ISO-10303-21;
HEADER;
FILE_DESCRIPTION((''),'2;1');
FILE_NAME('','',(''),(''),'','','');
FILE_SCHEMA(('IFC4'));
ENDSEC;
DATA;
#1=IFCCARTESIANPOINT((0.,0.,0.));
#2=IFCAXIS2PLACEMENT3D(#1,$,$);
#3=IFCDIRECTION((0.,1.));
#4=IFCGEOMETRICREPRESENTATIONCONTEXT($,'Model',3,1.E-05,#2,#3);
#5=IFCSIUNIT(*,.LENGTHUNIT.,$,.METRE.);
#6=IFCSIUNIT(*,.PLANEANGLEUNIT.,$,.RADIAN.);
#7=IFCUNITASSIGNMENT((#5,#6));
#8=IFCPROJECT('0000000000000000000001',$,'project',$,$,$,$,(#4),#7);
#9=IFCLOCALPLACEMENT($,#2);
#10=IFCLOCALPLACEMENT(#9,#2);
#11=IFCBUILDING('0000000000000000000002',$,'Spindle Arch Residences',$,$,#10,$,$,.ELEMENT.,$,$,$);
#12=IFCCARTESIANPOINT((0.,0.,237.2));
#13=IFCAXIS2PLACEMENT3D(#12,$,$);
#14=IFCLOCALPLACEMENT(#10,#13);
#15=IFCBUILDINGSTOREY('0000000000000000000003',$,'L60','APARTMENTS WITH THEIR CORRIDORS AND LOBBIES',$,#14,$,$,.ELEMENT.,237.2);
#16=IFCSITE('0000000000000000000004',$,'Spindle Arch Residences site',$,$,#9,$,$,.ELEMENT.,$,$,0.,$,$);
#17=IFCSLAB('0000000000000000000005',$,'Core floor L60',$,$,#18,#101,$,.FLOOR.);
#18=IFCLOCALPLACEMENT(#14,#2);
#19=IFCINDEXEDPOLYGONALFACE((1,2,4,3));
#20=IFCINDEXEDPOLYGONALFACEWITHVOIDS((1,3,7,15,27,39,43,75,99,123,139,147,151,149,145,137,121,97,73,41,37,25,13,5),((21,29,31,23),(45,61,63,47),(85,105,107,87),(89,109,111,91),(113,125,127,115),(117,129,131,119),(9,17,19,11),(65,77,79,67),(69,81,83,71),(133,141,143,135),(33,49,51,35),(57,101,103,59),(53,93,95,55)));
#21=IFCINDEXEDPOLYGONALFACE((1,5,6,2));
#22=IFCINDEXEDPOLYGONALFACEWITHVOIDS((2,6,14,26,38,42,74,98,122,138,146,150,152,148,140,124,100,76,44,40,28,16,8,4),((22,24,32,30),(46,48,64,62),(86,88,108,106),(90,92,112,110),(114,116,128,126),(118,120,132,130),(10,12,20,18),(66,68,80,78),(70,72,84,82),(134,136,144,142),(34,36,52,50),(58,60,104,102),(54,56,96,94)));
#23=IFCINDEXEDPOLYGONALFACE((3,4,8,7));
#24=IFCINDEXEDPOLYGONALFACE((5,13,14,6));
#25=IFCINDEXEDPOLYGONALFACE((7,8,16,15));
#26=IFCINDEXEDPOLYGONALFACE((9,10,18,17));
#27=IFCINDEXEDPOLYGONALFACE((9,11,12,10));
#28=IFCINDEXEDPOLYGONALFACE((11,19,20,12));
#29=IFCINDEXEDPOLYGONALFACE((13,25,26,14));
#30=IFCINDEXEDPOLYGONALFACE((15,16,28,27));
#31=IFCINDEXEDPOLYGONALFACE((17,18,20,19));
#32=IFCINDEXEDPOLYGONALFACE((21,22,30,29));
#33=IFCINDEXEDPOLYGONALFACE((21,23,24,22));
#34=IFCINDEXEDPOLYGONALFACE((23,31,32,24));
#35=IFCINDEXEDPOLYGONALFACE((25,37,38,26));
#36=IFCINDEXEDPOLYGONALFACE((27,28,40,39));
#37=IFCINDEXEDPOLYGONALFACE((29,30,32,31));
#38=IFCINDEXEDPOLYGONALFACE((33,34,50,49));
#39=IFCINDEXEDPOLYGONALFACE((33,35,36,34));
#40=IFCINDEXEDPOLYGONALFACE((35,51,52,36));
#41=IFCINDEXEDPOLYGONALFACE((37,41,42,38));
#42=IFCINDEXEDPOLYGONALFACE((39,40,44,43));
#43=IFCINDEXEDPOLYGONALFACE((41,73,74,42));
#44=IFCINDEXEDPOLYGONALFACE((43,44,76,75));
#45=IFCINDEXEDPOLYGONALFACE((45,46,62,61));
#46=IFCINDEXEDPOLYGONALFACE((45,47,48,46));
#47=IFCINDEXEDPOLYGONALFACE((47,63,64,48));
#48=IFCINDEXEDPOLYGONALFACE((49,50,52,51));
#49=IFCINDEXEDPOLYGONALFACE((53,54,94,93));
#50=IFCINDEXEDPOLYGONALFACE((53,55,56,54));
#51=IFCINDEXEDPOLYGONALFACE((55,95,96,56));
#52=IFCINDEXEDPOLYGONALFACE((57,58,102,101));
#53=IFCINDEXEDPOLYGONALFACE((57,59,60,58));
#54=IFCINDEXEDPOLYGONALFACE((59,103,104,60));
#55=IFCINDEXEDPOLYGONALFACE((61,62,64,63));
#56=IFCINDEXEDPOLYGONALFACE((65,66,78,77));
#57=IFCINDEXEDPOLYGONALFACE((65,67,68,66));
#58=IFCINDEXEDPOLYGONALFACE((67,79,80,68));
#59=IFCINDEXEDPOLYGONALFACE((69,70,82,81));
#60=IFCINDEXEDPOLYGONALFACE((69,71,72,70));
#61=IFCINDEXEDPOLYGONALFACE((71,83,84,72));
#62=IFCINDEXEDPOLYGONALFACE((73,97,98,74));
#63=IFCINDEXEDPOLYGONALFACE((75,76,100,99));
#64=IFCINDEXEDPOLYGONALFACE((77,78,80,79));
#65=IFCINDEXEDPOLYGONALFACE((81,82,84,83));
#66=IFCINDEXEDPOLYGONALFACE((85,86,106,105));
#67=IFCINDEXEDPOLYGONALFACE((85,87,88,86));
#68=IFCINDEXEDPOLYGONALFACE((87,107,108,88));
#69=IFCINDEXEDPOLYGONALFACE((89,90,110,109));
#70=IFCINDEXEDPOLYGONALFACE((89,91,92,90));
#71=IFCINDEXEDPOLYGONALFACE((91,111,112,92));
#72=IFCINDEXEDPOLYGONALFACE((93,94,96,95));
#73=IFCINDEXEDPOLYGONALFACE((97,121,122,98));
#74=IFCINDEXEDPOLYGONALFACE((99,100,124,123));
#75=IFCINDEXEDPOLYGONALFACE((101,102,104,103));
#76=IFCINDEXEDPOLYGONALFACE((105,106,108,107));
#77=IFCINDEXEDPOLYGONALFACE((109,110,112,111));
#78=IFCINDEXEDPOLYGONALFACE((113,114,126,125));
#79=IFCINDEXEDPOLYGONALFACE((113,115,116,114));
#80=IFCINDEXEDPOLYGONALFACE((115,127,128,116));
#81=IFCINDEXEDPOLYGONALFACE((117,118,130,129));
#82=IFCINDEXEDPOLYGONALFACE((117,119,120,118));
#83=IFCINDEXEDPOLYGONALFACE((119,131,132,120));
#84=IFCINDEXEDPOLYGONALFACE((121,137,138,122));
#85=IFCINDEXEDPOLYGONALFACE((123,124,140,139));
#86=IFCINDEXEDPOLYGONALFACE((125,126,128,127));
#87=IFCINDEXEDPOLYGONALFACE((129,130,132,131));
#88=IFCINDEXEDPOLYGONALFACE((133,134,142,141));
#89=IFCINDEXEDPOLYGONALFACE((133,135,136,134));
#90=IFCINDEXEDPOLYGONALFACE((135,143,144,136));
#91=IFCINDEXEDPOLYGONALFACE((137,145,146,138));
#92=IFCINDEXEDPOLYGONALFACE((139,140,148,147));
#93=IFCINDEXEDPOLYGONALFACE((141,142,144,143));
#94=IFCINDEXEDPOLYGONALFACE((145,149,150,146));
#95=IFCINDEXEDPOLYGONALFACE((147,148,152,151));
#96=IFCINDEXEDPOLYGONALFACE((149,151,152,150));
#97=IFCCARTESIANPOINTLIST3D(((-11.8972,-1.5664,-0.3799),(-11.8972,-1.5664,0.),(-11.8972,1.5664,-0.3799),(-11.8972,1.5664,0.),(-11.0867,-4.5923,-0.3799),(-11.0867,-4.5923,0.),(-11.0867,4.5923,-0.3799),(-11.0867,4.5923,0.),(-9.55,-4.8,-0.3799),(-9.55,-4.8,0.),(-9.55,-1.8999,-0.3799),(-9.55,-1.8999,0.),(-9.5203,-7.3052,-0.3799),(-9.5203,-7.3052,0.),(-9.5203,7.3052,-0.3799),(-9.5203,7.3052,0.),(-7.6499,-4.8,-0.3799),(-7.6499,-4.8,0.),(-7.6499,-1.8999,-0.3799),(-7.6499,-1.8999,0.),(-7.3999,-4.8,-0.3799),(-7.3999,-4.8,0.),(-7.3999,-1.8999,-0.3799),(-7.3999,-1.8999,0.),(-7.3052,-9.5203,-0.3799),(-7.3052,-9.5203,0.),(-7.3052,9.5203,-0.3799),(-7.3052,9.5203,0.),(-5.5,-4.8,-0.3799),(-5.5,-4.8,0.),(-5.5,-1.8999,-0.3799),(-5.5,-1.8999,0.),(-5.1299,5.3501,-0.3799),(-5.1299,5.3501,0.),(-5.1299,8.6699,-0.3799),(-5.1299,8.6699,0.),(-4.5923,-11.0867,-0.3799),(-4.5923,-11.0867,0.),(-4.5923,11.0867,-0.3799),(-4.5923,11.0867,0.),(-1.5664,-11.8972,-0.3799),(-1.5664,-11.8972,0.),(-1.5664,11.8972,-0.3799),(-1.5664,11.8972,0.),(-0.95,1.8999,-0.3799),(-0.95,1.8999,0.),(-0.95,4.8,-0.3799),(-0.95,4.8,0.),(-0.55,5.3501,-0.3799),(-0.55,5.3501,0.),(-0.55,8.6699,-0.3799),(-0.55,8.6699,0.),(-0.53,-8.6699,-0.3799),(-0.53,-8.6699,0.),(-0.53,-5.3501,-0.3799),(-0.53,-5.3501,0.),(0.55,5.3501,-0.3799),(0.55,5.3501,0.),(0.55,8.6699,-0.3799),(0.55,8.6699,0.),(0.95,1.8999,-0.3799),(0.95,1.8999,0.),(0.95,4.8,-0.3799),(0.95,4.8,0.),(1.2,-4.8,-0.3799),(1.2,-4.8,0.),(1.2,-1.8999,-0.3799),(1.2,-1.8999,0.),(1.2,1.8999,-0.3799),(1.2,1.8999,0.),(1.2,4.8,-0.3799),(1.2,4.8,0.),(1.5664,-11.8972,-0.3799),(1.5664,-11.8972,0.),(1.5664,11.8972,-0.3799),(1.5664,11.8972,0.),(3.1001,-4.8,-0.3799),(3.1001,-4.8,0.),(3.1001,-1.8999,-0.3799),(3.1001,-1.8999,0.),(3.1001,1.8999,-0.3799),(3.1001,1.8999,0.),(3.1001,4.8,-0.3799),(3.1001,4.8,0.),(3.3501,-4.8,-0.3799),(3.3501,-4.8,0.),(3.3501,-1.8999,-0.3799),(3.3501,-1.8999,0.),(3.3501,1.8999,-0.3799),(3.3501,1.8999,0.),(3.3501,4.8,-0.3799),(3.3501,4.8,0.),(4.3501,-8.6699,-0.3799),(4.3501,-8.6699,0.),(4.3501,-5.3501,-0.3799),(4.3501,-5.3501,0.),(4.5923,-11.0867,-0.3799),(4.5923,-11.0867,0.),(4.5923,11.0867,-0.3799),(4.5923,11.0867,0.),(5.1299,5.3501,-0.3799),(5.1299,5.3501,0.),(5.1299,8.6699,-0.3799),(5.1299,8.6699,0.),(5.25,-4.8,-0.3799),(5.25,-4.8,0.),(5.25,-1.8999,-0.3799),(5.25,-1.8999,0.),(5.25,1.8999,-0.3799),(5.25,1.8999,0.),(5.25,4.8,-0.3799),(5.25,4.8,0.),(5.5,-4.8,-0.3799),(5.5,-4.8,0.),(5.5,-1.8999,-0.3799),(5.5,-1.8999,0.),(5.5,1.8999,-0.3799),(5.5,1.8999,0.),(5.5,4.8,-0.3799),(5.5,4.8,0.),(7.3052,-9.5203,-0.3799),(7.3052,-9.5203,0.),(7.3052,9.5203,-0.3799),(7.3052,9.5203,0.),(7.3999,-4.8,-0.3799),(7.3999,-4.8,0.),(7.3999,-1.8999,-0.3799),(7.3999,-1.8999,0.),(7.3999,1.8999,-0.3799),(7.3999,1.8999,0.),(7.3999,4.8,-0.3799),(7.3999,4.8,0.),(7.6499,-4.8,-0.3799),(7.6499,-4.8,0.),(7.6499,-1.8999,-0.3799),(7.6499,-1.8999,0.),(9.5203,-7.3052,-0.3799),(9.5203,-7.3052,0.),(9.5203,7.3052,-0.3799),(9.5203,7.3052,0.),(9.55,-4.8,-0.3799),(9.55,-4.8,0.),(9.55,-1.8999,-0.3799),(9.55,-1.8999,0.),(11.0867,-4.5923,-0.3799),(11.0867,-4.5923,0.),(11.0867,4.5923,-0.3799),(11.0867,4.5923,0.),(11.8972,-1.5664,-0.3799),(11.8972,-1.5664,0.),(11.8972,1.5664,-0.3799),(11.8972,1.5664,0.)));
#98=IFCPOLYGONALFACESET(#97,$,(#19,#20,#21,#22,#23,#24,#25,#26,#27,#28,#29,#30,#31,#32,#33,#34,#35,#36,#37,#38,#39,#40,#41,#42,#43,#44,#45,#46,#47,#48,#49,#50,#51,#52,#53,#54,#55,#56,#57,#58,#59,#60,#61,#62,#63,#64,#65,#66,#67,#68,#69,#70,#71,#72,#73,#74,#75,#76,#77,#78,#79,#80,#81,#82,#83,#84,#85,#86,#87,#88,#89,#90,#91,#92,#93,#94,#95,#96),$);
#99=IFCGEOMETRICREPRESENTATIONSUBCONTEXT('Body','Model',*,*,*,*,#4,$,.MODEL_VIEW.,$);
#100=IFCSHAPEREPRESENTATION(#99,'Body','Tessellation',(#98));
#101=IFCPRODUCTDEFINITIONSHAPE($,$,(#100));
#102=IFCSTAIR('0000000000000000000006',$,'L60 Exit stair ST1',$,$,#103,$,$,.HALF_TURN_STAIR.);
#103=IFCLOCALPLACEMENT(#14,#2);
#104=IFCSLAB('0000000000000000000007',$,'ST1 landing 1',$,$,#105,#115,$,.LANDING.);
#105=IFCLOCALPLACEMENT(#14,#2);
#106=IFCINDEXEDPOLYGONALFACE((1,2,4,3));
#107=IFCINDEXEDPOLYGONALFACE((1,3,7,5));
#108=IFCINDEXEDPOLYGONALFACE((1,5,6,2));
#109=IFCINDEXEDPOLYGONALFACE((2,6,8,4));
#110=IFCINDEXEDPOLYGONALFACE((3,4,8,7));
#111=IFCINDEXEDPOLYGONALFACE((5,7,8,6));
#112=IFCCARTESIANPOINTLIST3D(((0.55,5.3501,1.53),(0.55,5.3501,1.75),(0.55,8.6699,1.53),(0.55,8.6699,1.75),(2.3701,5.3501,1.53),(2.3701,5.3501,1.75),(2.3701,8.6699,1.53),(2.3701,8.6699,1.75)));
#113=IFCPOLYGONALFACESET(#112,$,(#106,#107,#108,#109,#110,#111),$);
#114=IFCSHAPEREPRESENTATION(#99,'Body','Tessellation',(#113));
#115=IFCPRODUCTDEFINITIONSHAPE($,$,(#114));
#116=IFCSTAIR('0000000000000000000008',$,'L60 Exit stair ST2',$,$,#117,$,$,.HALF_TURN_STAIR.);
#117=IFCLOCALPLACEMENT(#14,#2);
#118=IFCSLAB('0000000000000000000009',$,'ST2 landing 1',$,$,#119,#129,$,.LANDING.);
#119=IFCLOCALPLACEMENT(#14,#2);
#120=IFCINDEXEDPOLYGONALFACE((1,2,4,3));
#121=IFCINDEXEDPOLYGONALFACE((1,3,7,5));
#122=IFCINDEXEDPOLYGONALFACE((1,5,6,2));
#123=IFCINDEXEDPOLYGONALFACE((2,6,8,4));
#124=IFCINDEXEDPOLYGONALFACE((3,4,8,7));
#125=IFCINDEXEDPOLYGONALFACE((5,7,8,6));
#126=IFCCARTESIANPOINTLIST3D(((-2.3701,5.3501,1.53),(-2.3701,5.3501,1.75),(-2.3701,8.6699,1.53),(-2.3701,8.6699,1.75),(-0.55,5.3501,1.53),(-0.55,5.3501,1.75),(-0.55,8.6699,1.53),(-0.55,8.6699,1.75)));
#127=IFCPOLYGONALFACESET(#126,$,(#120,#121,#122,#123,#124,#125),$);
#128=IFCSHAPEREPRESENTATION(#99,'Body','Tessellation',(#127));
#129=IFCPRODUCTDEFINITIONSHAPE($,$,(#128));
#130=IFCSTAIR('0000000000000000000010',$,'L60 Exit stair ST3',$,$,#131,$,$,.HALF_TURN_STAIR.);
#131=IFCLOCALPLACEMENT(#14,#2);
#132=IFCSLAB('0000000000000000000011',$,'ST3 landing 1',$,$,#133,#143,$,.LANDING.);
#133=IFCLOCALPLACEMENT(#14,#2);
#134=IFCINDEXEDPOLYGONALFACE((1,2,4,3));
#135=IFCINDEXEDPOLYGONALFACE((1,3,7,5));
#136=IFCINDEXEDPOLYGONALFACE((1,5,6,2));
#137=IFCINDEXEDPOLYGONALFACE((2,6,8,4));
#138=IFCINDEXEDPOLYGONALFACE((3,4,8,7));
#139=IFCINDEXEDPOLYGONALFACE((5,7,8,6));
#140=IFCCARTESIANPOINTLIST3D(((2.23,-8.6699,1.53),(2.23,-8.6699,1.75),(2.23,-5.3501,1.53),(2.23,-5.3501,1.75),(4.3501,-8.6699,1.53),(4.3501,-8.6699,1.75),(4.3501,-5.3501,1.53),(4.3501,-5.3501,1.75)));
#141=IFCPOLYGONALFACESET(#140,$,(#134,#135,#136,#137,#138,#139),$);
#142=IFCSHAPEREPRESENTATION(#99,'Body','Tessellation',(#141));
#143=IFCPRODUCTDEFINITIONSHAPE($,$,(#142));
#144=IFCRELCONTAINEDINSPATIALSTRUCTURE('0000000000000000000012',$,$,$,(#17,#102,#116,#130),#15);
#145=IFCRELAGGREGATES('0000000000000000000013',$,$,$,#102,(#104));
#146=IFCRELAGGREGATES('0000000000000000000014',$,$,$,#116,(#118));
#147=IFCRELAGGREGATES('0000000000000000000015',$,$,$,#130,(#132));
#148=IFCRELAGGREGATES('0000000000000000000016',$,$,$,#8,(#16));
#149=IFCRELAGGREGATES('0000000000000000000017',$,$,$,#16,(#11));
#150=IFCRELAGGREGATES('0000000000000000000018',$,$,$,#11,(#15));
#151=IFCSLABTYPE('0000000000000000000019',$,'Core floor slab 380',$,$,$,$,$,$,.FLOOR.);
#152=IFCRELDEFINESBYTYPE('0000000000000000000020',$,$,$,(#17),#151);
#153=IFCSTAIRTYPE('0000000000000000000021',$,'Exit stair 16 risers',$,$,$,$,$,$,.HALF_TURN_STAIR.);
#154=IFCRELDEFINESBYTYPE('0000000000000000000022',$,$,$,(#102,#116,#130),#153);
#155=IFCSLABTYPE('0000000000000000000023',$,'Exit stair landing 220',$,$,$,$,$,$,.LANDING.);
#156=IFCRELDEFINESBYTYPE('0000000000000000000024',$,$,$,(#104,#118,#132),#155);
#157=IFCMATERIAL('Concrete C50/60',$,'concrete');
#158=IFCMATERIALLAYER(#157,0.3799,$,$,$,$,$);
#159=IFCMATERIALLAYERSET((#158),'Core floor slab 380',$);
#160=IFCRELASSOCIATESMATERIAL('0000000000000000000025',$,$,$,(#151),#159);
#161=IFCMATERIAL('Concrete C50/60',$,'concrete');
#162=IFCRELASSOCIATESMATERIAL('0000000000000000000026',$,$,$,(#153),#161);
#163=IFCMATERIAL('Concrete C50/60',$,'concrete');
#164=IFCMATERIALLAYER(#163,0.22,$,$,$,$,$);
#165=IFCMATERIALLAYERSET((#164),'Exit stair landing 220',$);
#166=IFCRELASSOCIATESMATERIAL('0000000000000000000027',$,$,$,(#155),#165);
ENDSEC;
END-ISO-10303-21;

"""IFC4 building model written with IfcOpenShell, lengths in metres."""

from ifc_helpers import new_model, si_unit, direction, frame, origin, place, context, subcontext, project, spatial, polyline, outline, extrude, material, layer, layer_set, type_object, element, aggregate, save


model = new_model("IFC4")

# Units and contexts
model_context = context("Model", 3, precision=1e-05, world=origin(), true_north=direction((0.0, 1.0)))
body_context = subcontext(model_context, "Body", "Model", "MODEL_VIEW")
ifc_project = project(units=[si_unit("LENGTHUNIT", "METRE"), si_unit("PLANEANGLEUNIT", "RADIAN")], contexts=[model_context])

# Site, building, storey
site_placement = place(None, origin())
site = spatial("IfcSite", under=ifc_project, at=site_placement, Name="Spindle Arch Residences site", CompositionType="ELEMENT", RefElevation=0.0)
building_placement = place(site_placement, origin())
building = spatial("IfcBuilding", under=site, at=building_placement, Name="Spindle Arch Residences", CompositionType="ELEMENT")
storey_placement = place(building_placement, frame((0.0, 0.0, 237.2)))
storey = spatial("IfcBuildingStorey", under=building, at=storey_placement, Name="L60", Description="APARTMENTS WITH THEIR CORRIDORS AND LOBBIES", CompositionType="ELEMENT", Elevation=237.2)

# Slab
ifc_material_1 = material(Name="Concrete C50/60", Category="concrete")
ifc_layer_1 = layer(ifc_material_1, 0.3799)
ifc_layer_set_1 = layer_set([ifc_layer_1], Name="Core floor slab 380")
slab_type_1 = type_object("IfcSlabType", Name="Core floor slab 380", PredefinedType="FLOOR", material=ifc_layer_set_1)
slab_1_placement = place(storey_placement, frame((0.0, 0.0, -0.3799)))
element("IfcSlab", 1, at=slab_1_placement, inside=storey, type_object=slab_type_1, Name="Core floor L60", PredefinedType="FLOOR", context=body_context, shape_type="SweptSolid", body=[
    extrude(outline(polyline([(1.5664, -11.8972), (4.5923, -11.0867), (7.3052, -9.5203), (9.5203, -7.3052), (11.0867, -4.5923), (11.8972, -1.5664), (11.8972, 1.5664), (11.0867, 4.5923), (9.5203, 7.3052), (7.3052, 9.5203), (4.5923, 11.0867), (1.5664, 11.8972), (-1.5664, 11.8972), (-4.5923, 11.0867), (-7.3052, 9.5203), (-9.5203, 7.3052), (-11.0867, 4.5923), (-11.8972, 1.5664), (-11.8972, -1.5664), (-11.0867, -4.5923), (-9.5203, -7.3052), (-7.3052, -9.5203), (-4.5923, -11.0867), (-1.5664, -11.8972), (1.5664, -11.8972)]), holes=[polyline([(-0.95, 1.8999), (0.95, 1.8999), (0.95, 4.8), (-0.95, 4.8), (-0.95, 1.8999)]), polyline([(1.2, 1.8999), (3.1001, 1.8999), (3.1001, 4.8), (1.2, 4.8), (1.2, 1.8999)]), polyline([(3.3501, 1.8999), (5.25, 1.8999), (5.25, 4.8), (3.3501, 4.8), (3.3501, 1.8999)]), polyline([(5.5, 1.8999), (7.3999, 1.8999), (7.3999, 4.8), (5.5, 4.8), (5.5, 1.8999)]), polyline([(-9.55, -4.8), (-7.6499, -4.8), (-7.6499, -1.8999), (-9.55, -1.8999), (-9.55, -4.8)]), polyline([(-7.3999, -4.8), (-5.5, -4.8), (-5.5, -1.8999), (-7.3999, -1.8999), (-7.3999, -4.8)]), polyline([(1.2, -4.8), (3.1001, -4.8), (3.1001, -1.8999), (1.2, -1.8999), (1.2, -4.8)]), polyline([(3.3501, -4.8), (5.25, -4.8), (5.25, -1.8999), (3.3501, -1.8999), (3.3501, -4.8)]), polyline([(5.5, -4.8), (7.3999, -4.8), (7.3999, -1.8999), (5.5, -1.8999), (5.5, -4.8)]), polyline([(7.6499, -4.8), (9.55, -4.8), (9.55, -1.8999), (7.6499, -1.8999), (7.6499, -4.8)]), polyline([(5.1299, 8.6699), (0.55, 8.6699), (0.55, 5.3501), (5.1299, 5.3501), (5.1299, 8.6699)]), polyline([(-5.1299, 5.3501), (-0.55, 5.3501), (-0.55, 8.6699), (-5.1299, 8.6699), (-5.1299, 5.3501)]), polyline([(-0.53, -8.6699), (4.3501, -8.6699), (4.3501, -5.3501), (-0.53, -5.3501), (-0.53, -8.6699)])]), origin(), (0.0, 0.0, 1.0), 0.3799),
])

# Stairs, slabs
ifc_material_2 = material(Name="Concrete C50/60", Category="concrete")
stair_type = type_object("IfcStairType", Name="Exit stair 16 risers", PredefinedType="HALF_TURN_STAIR", material=ifc_material_2)
stair_1_placement = place(storey_placement, origin())
stair_1 = element("IfcStair", 2, at=stair_1_placement, inside=storey, type_object=stair_type, Name="L60 Exit stair ST1", PredefinedType="HALF_TURN_STAIR")
ifc_material_3 = material(Name="Concrete C50/60", Category="concrete")
ifc_layer_2 = layer(ifc_material_3, 0.22)
ifc_layer_set_2 = layer_set([ifc_layer_2], Name="Exit stair landing 220")
slab_type_2 = type_object("IfcSlabType", Name="Exit stair landing 220", PredefinedType="LANDING", material=ifc_layer_set_2)
slab_2_placement = place(storey_placement, frame((0.0, 0.0, 1.53)))
slab_2 = element("IfcSlab", 3, at=slab_2_placement, type_object=slab_type_2, Name="ST1 landing 1", PredefinedType="LANDING", context=body_context, shape_type="SweptSolid", body=[
    extrude(outline(polyline([(2.3701, 8.6699), (0.55, 8.6699), (0.55, 5.3501), (2.3701, 5.3501), (2.3701, 8.6699)])), origin(), (0.0, 0.0, 1.0), 0.22),
])
aggregate(stair_1, [slab_2])
stair_2_placement = place(storey_placement, origin())
stair_2 = element("IfcStair", 4, at=stair_2_placement, inside=storey, type_object=stair_type, Name="L60 Exit stair ST2", PredefinedType="HALF_TURN_STAIR")
slab_3_placement = place(storey_placement, frame((0.0, 0.0, 1.53)))
slab_3 = element("IfcSlab", 5, at=slab_3_placement, type_object=slab_type_2, Name="ST2 landing 1", PredefinedType="LANDING", context=body_context, shape_type="SweptSolid", body=[
    extrude(outline(polyline([(-2.3701, 5.3501), (-0.55, 5.3501), (-0.55, 8.6699), (-2.3701, 8.6699), (-2.3701, 5.3501)])), origin(), (0.0, 0.0, 1.0), 0.22),
])
aggregate(stair_2, [slab_3])
stair_3_placement = place(storey_placement, origin())
stair_3 = element("IfcStair", 6, at=stair_3_placement, inside=storey, type_object=stair_type, Name="L60 Exit stair ST3", PredefinedType="HALF_TURN_STAIR")
slab_4_placement = place(storey_placement, frame((0.0, 0.0, 1.53)))
slab_4 = element("IfcSlab", 7, at=slab_4_placement, type_object=slab_type_2, Name="ST3 landing 1", PredefinedType="LANDING", context=body_context, shape_type="SweptSolid", body=[
    extrude(outline(polyline([(2.23, -8.6699), (4.3501, -8.6699), (4.3501, -5.3501), (2.23, -5.3501), (2.23, -8.6699)])), origin(), (0.0, 0.0, 1.0), 0.22),
])

aggregate(stair_3, [slab_4])

save(model, "model.ifc")
